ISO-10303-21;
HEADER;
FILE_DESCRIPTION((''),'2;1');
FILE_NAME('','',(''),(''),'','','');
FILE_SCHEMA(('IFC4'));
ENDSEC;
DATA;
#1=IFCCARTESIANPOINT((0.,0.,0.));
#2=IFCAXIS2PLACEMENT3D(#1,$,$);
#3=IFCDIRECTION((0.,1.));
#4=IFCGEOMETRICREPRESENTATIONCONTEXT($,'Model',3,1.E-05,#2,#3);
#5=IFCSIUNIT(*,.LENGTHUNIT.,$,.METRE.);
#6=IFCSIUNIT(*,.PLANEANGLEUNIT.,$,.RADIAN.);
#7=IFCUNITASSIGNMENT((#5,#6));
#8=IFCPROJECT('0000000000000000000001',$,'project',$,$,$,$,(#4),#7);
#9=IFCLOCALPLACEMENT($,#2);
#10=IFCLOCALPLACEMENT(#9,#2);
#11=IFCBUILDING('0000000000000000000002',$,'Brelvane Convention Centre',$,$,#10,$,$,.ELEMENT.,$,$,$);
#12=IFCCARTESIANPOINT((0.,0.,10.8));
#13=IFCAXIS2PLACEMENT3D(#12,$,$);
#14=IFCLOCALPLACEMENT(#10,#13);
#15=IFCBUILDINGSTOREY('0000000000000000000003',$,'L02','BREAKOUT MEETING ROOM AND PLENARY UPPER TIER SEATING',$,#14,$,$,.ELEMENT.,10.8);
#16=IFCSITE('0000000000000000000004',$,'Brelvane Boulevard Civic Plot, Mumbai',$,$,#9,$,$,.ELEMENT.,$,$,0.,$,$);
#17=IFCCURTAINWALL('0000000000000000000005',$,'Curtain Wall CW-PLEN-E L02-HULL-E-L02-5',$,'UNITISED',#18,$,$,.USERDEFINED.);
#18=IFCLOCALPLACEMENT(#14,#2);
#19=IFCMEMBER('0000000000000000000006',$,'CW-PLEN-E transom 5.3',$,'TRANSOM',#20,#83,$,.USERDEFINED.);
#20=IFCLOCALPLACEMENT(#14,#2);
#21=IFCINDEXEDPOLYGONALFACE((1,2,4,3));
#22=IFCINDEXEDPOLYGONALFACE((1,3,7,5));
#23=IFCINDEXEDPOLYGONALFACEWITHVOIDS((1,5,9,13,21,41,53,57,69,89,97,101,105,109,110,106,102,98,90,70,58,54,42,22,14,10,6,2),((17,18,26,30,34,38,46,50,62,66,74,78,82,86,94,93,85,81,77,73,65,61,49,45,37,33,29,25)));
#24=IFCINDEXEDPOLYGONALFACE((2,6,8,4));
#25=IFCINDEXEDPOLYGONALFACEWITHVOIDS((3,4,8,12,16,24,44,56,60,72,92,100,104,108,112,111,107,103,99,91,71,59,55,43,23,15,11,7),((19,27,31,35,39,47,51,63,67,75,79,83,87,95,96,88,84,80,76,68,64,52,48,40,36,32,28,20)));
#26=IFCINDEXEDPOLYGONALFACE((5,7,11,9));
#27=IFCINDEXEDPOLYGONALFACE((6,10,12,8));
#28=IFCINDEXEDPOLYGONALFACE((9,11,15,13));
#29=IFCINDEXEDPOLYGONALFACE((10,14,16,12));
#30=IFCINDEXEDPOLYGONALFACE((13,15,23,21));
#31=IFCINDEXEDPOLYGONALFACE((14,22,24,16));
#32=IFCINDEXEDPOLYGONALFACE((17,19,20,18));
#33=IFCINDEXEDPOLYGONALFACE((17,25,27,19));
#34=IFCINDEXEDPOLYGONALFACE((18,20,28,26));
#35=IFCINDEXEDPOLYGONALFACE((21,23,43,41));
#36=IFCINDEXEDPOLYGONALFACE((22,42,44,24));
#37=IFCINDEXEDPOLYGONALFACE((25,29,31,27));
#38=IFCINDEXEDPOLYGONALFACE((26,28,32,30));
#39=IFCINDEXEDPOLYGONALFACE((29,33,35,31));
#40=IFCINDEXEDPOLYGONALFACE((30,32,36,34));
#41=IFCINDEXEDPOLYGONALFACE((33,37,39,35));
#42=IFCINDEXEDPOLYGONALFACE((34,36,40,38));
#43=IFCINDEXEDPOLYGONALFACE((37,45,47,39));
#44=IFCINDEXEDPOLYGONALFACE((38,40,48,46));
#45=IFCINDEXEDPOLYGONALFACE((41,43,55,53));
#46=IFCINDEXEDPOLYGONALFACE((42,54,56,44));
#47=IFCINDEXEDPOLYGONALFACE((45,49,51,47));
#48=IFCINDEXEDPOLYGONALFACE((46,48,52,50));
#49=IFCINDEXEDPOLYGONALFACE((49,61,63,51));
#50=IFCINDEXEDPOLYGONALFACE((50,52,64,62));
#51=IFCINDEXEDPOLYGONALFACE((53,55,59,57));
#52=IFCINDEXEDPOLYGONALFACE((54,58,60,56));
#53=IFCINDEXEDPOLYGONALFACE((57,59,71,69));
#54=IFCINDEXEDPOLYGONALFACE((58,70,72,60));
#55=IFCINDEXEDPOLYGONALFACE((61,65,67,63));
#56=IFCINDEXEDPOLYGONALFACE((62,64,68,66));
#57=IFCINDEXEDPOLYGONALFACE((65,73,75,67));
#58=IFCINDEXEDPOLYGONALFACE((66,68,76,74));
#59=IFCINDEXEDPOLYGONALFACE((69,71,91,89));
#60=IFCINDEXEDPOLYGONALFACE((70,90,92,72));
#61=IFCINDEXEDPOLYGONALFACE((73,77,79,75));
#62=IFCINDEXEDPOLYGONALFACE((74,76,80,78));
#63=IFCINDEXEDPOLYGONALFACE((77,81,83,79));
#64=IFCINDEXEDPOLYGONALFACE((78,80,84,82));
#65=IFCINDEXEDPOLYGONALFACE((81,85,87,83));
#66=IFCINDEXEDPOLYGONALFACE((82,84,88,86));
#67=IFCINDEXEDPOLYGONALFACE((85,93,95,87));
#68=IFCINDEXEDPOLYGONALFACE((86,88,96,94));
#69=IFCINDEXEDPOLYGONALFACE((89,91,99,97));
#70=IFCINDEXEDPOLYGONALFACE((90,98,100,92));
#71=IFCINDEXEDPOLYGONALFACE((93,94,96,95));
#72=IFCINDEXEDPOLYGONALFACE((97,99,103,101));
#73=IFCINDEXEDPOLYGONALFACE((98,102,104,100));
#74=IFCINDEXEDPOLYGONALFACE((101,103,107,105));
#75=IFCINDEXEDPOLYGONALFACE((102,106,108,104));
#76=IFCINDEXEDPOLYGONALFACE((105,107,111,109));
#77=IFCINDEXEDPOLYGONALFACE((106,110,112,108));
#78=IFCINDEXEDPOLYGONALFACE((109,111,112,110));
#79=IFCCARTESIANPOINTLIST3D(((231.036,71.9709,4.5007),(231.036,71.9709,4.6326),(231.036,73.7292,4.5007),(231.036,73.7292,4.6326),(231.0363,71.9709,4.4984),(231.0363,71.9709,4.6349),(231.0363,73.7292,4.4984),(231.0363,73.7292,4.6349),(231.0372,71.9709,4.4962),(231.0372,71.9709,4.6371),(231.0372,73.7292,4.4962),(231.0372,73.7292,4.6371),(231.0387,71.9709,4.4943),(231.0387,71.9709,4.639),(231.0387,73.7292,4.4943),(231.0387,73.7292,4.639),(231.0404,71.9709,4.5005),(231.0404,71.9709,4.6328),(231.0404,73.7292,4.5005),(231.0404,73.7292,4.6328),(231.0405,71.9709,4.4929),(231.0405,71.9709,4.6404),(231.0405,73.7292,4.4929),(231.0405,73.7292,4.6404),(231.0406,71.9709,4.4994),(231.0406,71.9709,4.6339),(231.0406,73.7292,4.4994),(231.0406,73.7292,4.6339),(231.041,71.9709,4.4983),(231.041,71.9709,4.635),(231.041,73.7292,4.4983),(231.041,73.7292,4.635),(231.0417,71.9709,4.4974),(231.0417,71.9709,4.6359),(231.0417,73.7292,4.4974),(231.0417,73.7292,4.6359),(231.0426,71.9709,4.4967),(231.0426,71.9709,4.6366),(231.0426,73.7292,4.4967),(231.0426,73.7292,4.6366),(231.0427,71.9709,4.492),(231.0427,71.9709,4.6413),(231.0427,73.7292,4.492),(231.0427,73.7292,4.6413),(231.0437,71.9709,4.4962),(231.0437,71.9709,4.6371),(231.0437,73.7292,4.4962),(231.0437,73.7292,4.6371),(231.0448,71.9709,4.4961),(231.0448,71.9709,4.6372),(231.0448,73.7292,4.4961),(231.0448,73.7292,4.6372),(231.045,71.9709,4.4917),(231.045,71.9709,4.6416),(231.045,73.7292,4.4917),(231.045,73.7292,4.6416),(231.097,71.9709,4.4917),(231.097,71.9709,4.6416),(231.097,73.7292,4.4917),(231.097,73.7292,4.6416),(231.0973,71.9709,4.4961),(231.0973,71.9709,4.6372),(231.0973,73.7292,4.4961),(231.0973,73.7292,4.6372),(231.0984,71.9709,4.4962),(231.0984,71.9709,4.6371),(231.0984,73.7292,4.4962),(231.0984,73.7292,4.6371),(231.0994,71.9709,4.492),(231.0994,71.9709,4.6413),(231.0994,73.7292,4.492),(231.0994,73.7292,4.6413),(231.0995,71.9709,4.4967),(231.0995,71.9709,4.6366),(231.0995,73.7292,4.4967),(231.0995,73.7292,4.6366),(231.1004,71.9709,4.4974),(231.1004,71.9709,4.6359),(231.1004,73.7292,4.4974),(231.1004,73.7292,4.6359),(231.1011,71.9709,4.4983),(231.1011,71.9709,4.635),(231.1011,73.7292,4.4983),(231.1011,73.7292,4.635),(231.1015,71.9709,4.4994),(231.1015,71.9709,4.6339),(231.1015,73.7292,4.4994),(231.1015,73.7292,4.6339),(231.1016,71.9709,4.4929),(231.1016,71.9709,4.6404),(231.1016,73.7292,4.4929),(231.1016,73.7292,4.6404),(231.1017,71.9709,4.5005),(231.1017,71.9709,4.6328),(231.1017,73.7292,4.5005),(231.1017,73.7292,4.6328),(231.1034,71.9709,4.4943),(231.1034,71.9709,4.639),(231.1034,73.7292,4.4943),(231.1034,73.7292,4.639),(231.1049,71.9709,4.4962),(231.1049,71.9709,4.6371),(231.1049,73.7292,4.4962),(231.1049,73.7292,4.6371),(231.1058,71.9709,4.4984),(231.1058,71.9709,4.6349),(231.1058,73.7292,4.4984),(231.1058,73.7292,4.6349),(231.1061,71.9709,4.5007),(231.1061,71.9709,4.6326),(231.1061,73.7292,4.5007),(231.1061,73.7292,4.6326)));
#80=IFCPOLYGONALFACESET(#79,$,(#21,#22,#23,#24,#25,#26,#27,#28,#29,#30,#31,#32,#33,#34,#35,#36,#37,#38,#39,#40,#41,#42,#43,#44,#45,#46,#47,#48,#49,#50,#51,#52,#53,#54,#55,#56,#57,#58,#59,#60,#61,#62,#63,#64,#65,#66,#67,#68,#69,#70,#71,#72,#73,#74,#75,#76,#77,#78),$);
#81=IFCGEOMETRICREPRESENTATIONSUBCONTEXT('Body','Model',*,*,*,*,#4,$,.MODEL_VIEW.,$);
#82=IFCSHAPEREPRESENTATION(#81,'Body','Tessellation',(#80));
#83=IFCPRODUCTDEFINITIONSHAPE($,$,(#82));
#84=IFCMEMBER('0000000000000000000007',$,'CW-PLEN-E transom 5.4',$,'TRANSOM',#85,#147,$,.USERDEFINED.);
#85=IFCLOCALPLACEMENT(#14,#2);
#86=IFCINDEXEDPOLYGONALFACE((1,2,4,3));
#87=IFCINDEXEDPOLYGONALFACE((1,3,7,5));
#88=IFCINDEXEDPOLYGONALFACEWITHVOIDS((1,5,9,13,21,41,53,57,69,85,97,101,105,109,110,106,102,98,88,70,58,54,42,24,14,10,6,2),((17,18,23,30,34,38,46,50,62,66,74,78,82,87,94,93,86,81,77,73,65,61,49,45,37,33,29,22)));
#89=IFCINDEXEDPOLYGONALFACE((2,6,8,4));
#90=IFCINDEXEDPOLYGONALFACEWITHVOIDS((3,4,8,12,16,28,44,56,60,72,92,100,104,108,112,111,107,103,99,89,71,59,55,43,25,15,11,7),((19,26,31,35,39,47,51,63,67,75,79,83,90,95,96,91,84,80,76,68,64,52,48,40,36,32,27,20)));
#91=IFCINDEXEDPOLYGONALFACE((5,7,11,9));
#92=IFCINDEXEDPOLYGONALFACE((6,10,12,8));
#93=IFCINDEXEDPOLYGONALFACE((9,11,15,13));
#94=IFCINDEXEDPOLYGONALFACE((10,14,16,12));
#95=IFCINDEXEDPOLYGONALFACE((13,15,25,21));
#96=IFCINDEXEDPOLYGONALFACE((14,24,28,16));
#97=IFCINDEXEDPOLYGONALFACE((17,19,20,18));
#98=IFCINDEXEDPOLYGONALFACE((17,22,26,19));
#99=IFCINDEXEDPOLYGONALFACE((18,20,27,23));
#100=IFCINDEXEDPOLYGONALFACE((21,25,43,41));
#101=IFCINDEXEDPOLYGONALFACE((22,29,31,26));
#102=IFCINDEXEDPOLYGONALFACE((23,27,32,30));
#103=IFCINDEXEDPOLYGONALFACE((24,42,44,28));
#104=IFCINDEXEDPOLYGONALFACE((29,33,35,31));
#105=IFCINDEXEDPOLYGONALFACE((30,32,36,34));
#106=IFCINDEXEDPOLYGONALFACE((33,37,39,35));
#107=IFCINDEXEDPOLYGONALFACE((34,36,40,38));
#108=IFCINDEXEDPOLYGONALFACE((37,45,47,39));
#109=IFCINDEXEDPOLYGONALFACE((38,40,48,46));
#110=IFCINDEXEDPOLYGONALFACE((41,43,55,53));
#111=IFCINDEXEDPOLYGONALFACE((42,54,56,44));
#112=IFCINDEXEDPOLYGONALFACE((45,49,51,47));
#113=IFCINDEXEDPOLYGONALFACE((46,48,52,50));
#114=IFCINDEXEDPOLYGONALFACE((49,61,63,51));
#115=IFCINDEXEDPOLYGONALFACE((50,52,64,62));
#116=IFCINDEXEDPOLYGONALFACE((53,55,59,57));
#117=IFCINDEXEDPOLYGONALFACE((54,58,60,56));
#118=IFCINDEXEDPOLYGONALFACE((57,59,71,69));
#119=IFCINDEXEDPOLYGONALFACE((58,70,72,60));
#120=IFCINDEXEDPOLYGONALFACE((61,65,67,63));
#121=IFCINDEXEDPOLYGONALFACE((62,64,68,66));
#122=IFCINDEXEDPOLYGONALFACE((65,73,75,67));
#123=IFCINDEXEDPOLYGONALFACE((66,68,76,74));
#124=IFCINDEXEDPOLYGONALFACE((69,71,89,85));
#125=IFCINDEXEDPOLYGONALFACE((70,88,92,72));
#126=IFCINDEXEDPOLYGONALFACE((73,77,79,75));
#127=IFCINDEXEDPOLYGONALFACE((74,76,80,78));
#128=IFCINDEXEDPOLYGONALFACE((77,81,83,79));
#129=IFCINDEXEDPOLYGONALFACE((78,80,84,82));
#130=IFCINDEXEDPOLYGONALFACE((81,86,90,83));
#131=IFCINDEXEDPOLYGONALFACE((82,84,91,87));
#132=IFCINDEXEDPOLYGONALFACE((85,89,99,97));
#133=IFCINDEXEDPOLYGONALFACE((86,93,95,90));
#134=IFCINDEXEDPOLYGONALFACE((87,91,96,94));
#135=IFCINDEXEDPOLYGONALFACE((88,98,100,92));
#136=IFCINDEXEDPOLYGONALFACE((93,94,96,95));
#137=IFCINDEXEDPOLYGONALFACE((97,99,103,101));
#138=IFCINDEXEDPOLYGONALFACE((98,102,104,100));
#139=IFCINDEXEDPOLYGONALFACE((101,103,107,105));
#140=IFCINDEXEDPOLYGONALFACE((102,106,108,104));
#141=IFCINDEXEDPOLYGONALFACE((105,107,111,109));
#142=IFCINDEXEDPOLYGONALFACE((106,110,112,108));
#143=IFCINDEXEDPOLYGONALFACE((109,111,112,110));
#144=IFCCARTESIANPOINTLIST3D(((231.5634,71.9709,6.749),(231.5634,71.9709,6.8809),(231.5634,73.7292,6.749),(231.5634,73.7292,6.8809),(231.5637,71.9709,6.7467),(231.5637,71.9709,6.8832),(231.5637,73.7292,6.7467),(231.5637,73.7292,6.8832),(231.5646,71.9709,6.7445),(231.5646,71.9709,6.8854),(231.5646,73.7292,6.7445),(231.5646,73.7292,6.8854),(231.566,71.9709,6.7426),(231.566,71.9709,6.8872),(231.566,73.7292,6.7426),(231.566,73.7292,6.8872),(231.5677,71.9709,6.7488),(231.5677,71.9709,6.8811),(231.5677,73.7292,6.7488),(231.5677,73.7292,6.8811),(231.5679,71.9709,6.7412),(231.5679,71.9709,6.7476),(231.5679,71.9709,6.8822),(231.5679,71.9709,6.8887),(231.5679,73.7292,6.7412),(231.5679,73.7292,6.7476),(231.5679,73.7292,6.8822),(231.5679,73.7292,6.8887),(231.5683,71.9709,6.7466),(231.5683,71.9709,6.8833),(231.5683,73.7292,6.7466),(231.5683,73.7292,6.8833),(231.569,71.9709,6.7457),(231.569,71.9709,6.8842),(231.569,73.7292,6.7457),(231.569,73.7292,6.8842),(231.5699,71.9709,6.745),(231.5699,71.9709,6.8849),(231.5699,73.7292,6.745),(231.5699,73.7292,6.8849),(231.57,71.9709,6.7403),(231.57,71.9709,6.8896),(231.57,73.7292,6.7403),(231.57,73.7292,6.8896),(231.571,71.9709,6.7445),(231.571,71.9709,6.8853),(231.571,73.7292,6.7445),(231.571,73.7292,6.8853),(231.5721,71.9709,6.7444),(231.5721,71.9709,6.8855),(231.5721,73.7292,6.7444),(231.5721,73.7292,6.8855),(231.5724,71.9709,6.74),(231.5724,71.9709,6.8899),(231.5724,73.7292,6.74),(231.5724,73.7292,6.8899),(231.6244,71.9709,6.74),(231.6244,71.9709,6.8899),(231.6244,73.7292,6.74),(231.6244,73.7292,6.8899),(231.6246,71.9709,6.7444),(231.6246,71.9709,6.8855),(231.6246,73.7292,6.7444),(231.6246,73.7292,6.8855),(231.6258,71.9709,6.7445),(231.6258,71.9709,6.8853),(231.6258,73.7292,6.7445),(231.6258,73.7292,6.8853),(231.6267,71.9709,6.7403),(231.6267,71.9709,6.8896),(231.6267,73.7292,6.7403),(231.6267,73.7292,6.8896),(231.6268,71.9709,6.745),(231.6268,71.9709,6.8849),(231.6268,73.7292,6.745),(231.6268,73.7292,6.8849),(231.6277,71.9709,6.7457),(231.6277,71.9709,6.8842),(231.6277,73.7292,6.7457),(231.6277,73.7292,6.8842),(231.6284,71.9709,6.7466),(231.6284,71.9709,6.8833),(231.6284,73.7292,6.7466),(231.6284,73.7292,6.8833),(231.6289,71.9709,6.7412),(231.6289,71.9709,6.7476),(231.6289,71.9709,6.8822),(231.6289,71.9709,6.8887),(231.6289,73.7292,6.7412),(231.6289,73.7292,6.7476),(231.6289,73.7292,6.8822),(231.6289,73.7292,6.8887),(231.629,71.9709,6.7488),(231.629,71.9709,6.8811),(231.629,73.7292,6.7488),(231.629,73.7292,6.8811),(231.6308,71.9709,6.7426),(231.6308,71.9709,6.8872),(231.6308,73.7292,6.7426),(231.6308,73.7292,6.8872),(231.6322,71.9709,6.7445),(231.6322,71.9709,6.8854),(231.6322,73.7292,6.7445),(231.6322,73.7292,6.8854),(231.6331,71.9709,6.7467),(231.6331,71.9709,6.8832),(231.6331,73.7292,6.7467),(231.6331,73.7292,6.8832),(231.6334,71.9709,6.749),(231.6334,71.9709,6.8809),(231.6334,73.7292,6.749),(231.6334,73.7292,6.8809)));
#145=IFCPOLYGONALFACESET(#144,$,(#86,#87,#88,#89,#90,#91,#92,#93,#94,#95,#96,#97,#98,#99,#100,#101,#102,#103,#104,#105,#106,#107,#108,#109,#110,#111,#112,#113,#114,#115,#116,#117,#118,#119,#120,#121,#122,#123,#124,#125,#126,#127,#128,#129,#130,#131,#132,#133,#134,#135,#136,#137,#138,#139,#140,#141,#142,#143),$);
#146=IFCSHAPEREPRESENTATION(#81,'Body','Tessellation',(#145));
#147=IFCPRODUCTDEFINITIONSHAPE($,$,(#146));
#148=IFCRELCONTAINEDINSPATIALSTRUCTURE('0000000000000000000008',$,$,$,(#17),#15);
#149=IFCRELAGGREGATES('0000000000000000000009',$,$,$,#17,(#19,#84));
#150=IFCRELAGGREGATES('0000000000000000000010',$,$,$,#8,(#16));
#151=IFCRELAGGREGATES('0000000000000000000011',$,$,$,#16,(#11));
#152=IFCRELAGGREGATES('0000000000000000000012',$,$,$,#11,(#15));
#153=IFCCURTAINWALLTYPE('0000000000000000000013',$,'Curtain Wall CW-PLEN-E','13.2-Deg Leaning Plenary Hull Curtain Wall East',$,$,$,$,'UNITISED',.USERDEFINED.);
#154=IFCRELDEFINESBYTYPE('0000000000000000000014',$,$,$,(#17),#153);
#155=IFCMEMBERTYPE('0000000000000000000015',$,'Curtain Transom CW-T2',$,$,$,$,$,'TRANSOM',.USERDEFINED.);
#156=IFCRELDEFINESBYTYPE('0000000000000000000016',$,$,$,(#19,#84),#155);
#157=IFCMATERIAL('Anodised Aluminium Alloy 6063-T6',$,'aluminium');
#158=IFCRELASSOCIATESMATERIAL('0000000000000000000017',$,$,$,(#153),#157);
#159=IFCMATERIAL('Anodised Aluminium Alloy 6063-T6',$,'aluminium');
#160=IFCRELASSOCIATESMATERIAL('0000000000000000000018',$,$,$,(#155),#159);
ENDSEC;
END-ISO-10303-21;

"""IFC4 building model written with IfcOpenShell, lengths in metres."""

from ifc_helpers import new_model, si_unit, direction, frame, origin, origin_2d, place, context, subcontext, project, spatial, hollow_rectangle, extrude, material, material_profile, profile_set, type_object, element, aggregate, save


model = new_model("IFC4")

# Units and contexts
model_context = context("Model", 3, precision=1e-05, world=origin(), true_north=direction((0.0, 1.0)))
body_context = subcontext(model_context, "Body", "Model", "MODEL_VIEW")
ifc_project = project(units=[si_unit("LENGTHUNIT", "METRE"), si_unit("PLANEANGLEUNIT", "RADIAN")], contexts=[model_context])

# Site, building, storey
site_placement = place(None, origin())
site = spatial("IfcSite", under=ifc_project, at=site_placement, Name="Brelvane Boulevard Civic Plot, Mumbai", CompositionType="ELEMENT", RefElevation=0.0)
building_placement = place(site_placement, origin())
building = spatial("IfcBuilding", under=site, at=building_placement, Name="Brelvane Convention Centre", CompositionType="ELEMENT")
storey_placement = place(building_placement, frame((0.0, 0.0, 10.8)))
storey = spatial("IfcBuildingStorey", under=building, at=storey_placement, Name="L02", Description="BREAKOUT MEETING ROOM AND PLENARY UPPER TIER SEATING", CompositionType="ELEMENT", Elevation=10.8)

# Curtain wall, members
ifc_material_1 = material(Name="Anodised Aluminium Alloy 6063-T6", Category="aluminium")
curtain_wall_type = type_object("IfcCurtainWallType", Name="Curtain Wall CW-PLEN-E", Description="13.2-Deg Leaning Plenary Hull Curtain Wall East", ElementType="UNITISED", PredefinedType="USERDEFINED", material=ifc_material_1)
curtain_wall_1_placement = place(storey_placement, origin())
curtain_wall_1 = element("IfcCurtainWall", 1, at=curtain_wall_1_placement, inside=storey, type_object=curtain_wall_type, Name="Curtain Wall CW-PLEN-E L02-HULL-E-L02-5", ObjectType="UNITISED", PredefinedType="USERDEFINED")
ifc_material_2 = material(Name="Anodised Aluminium Alloy 6063-T6", Category="aluminium")
ifc_material_profile = material_profile(ifc_material_2, hollow_rectangle(XDim=0.0701, YDim=0.1499, WallThickness=0.0044, InnerFilletRadius=0.0044, OuterFilletRadius=0.009, at=origin_2d()), Name="ALU-T 150x70x4.5")
ifc_profile_set = profile_set([ifc_material_profile], Name="Anodised Aluminium Alloy 6063-T6")
member_type = type_object("IfcMemberType", Name="Curtain Transom CW-T2", ElementType="TRANSOM", PredefinedType="USERDEFINED", material=ifc_profile_set)
member_1_placement = place(storey_placement, frame((231.071, 71.9709, 4.5667), z_axis=(0.0, 1.0, 0.0), x_axis=(-1.0, 0.0, 0.0)))
member_1 = element("IfcMember", 2, at=member_1_placement, type_object=member_type, Name="CW-PLEN-E transom 5.3", ObjectType="TRANSOM", PredefinedType="USERDEFINED", context=body_context, shape_type="SweptSolid", body=[
    extrude(hollow_rectangle(XDim=0.0701, YDim=0.1499, WallThickness=0.0044, InnerFilletRadius=0.0044, OuterFilletRadius=0.009, at=origin_2d()), origin(), (0.0, 0.0, 1.0), 1.7583),
])
member_2_placement = place(storey_placement, frame((231.5984, 71.9709, 6.8149), z_axis=(0.0, 1.0, 0.0), x_axis=(-1.0, 0.0, 0.0)))
member_2 = element("IfcMember", 3, at=member_2_placement, type_object=member_type, Name="CW-PLEN-E transom 5.4", ObjectType="TRANSOM", PredefinedType="USERDEFINED", context=body_context, shape_type="SweptSolid", body=[
    extrude(hollow_rectangle(XDim=0.0701, YDim=0.1499, WallThickness=0.0044, InnerFilletRadius=0.0044, OuterFilletRadius=0.009, at=origin_2d()), origin(), (0.0, 0.0, 1.0), 1.7583),
])

aggregate(curtain_wall_1, [member_1, member_2])

save(model, "model.ifc")
